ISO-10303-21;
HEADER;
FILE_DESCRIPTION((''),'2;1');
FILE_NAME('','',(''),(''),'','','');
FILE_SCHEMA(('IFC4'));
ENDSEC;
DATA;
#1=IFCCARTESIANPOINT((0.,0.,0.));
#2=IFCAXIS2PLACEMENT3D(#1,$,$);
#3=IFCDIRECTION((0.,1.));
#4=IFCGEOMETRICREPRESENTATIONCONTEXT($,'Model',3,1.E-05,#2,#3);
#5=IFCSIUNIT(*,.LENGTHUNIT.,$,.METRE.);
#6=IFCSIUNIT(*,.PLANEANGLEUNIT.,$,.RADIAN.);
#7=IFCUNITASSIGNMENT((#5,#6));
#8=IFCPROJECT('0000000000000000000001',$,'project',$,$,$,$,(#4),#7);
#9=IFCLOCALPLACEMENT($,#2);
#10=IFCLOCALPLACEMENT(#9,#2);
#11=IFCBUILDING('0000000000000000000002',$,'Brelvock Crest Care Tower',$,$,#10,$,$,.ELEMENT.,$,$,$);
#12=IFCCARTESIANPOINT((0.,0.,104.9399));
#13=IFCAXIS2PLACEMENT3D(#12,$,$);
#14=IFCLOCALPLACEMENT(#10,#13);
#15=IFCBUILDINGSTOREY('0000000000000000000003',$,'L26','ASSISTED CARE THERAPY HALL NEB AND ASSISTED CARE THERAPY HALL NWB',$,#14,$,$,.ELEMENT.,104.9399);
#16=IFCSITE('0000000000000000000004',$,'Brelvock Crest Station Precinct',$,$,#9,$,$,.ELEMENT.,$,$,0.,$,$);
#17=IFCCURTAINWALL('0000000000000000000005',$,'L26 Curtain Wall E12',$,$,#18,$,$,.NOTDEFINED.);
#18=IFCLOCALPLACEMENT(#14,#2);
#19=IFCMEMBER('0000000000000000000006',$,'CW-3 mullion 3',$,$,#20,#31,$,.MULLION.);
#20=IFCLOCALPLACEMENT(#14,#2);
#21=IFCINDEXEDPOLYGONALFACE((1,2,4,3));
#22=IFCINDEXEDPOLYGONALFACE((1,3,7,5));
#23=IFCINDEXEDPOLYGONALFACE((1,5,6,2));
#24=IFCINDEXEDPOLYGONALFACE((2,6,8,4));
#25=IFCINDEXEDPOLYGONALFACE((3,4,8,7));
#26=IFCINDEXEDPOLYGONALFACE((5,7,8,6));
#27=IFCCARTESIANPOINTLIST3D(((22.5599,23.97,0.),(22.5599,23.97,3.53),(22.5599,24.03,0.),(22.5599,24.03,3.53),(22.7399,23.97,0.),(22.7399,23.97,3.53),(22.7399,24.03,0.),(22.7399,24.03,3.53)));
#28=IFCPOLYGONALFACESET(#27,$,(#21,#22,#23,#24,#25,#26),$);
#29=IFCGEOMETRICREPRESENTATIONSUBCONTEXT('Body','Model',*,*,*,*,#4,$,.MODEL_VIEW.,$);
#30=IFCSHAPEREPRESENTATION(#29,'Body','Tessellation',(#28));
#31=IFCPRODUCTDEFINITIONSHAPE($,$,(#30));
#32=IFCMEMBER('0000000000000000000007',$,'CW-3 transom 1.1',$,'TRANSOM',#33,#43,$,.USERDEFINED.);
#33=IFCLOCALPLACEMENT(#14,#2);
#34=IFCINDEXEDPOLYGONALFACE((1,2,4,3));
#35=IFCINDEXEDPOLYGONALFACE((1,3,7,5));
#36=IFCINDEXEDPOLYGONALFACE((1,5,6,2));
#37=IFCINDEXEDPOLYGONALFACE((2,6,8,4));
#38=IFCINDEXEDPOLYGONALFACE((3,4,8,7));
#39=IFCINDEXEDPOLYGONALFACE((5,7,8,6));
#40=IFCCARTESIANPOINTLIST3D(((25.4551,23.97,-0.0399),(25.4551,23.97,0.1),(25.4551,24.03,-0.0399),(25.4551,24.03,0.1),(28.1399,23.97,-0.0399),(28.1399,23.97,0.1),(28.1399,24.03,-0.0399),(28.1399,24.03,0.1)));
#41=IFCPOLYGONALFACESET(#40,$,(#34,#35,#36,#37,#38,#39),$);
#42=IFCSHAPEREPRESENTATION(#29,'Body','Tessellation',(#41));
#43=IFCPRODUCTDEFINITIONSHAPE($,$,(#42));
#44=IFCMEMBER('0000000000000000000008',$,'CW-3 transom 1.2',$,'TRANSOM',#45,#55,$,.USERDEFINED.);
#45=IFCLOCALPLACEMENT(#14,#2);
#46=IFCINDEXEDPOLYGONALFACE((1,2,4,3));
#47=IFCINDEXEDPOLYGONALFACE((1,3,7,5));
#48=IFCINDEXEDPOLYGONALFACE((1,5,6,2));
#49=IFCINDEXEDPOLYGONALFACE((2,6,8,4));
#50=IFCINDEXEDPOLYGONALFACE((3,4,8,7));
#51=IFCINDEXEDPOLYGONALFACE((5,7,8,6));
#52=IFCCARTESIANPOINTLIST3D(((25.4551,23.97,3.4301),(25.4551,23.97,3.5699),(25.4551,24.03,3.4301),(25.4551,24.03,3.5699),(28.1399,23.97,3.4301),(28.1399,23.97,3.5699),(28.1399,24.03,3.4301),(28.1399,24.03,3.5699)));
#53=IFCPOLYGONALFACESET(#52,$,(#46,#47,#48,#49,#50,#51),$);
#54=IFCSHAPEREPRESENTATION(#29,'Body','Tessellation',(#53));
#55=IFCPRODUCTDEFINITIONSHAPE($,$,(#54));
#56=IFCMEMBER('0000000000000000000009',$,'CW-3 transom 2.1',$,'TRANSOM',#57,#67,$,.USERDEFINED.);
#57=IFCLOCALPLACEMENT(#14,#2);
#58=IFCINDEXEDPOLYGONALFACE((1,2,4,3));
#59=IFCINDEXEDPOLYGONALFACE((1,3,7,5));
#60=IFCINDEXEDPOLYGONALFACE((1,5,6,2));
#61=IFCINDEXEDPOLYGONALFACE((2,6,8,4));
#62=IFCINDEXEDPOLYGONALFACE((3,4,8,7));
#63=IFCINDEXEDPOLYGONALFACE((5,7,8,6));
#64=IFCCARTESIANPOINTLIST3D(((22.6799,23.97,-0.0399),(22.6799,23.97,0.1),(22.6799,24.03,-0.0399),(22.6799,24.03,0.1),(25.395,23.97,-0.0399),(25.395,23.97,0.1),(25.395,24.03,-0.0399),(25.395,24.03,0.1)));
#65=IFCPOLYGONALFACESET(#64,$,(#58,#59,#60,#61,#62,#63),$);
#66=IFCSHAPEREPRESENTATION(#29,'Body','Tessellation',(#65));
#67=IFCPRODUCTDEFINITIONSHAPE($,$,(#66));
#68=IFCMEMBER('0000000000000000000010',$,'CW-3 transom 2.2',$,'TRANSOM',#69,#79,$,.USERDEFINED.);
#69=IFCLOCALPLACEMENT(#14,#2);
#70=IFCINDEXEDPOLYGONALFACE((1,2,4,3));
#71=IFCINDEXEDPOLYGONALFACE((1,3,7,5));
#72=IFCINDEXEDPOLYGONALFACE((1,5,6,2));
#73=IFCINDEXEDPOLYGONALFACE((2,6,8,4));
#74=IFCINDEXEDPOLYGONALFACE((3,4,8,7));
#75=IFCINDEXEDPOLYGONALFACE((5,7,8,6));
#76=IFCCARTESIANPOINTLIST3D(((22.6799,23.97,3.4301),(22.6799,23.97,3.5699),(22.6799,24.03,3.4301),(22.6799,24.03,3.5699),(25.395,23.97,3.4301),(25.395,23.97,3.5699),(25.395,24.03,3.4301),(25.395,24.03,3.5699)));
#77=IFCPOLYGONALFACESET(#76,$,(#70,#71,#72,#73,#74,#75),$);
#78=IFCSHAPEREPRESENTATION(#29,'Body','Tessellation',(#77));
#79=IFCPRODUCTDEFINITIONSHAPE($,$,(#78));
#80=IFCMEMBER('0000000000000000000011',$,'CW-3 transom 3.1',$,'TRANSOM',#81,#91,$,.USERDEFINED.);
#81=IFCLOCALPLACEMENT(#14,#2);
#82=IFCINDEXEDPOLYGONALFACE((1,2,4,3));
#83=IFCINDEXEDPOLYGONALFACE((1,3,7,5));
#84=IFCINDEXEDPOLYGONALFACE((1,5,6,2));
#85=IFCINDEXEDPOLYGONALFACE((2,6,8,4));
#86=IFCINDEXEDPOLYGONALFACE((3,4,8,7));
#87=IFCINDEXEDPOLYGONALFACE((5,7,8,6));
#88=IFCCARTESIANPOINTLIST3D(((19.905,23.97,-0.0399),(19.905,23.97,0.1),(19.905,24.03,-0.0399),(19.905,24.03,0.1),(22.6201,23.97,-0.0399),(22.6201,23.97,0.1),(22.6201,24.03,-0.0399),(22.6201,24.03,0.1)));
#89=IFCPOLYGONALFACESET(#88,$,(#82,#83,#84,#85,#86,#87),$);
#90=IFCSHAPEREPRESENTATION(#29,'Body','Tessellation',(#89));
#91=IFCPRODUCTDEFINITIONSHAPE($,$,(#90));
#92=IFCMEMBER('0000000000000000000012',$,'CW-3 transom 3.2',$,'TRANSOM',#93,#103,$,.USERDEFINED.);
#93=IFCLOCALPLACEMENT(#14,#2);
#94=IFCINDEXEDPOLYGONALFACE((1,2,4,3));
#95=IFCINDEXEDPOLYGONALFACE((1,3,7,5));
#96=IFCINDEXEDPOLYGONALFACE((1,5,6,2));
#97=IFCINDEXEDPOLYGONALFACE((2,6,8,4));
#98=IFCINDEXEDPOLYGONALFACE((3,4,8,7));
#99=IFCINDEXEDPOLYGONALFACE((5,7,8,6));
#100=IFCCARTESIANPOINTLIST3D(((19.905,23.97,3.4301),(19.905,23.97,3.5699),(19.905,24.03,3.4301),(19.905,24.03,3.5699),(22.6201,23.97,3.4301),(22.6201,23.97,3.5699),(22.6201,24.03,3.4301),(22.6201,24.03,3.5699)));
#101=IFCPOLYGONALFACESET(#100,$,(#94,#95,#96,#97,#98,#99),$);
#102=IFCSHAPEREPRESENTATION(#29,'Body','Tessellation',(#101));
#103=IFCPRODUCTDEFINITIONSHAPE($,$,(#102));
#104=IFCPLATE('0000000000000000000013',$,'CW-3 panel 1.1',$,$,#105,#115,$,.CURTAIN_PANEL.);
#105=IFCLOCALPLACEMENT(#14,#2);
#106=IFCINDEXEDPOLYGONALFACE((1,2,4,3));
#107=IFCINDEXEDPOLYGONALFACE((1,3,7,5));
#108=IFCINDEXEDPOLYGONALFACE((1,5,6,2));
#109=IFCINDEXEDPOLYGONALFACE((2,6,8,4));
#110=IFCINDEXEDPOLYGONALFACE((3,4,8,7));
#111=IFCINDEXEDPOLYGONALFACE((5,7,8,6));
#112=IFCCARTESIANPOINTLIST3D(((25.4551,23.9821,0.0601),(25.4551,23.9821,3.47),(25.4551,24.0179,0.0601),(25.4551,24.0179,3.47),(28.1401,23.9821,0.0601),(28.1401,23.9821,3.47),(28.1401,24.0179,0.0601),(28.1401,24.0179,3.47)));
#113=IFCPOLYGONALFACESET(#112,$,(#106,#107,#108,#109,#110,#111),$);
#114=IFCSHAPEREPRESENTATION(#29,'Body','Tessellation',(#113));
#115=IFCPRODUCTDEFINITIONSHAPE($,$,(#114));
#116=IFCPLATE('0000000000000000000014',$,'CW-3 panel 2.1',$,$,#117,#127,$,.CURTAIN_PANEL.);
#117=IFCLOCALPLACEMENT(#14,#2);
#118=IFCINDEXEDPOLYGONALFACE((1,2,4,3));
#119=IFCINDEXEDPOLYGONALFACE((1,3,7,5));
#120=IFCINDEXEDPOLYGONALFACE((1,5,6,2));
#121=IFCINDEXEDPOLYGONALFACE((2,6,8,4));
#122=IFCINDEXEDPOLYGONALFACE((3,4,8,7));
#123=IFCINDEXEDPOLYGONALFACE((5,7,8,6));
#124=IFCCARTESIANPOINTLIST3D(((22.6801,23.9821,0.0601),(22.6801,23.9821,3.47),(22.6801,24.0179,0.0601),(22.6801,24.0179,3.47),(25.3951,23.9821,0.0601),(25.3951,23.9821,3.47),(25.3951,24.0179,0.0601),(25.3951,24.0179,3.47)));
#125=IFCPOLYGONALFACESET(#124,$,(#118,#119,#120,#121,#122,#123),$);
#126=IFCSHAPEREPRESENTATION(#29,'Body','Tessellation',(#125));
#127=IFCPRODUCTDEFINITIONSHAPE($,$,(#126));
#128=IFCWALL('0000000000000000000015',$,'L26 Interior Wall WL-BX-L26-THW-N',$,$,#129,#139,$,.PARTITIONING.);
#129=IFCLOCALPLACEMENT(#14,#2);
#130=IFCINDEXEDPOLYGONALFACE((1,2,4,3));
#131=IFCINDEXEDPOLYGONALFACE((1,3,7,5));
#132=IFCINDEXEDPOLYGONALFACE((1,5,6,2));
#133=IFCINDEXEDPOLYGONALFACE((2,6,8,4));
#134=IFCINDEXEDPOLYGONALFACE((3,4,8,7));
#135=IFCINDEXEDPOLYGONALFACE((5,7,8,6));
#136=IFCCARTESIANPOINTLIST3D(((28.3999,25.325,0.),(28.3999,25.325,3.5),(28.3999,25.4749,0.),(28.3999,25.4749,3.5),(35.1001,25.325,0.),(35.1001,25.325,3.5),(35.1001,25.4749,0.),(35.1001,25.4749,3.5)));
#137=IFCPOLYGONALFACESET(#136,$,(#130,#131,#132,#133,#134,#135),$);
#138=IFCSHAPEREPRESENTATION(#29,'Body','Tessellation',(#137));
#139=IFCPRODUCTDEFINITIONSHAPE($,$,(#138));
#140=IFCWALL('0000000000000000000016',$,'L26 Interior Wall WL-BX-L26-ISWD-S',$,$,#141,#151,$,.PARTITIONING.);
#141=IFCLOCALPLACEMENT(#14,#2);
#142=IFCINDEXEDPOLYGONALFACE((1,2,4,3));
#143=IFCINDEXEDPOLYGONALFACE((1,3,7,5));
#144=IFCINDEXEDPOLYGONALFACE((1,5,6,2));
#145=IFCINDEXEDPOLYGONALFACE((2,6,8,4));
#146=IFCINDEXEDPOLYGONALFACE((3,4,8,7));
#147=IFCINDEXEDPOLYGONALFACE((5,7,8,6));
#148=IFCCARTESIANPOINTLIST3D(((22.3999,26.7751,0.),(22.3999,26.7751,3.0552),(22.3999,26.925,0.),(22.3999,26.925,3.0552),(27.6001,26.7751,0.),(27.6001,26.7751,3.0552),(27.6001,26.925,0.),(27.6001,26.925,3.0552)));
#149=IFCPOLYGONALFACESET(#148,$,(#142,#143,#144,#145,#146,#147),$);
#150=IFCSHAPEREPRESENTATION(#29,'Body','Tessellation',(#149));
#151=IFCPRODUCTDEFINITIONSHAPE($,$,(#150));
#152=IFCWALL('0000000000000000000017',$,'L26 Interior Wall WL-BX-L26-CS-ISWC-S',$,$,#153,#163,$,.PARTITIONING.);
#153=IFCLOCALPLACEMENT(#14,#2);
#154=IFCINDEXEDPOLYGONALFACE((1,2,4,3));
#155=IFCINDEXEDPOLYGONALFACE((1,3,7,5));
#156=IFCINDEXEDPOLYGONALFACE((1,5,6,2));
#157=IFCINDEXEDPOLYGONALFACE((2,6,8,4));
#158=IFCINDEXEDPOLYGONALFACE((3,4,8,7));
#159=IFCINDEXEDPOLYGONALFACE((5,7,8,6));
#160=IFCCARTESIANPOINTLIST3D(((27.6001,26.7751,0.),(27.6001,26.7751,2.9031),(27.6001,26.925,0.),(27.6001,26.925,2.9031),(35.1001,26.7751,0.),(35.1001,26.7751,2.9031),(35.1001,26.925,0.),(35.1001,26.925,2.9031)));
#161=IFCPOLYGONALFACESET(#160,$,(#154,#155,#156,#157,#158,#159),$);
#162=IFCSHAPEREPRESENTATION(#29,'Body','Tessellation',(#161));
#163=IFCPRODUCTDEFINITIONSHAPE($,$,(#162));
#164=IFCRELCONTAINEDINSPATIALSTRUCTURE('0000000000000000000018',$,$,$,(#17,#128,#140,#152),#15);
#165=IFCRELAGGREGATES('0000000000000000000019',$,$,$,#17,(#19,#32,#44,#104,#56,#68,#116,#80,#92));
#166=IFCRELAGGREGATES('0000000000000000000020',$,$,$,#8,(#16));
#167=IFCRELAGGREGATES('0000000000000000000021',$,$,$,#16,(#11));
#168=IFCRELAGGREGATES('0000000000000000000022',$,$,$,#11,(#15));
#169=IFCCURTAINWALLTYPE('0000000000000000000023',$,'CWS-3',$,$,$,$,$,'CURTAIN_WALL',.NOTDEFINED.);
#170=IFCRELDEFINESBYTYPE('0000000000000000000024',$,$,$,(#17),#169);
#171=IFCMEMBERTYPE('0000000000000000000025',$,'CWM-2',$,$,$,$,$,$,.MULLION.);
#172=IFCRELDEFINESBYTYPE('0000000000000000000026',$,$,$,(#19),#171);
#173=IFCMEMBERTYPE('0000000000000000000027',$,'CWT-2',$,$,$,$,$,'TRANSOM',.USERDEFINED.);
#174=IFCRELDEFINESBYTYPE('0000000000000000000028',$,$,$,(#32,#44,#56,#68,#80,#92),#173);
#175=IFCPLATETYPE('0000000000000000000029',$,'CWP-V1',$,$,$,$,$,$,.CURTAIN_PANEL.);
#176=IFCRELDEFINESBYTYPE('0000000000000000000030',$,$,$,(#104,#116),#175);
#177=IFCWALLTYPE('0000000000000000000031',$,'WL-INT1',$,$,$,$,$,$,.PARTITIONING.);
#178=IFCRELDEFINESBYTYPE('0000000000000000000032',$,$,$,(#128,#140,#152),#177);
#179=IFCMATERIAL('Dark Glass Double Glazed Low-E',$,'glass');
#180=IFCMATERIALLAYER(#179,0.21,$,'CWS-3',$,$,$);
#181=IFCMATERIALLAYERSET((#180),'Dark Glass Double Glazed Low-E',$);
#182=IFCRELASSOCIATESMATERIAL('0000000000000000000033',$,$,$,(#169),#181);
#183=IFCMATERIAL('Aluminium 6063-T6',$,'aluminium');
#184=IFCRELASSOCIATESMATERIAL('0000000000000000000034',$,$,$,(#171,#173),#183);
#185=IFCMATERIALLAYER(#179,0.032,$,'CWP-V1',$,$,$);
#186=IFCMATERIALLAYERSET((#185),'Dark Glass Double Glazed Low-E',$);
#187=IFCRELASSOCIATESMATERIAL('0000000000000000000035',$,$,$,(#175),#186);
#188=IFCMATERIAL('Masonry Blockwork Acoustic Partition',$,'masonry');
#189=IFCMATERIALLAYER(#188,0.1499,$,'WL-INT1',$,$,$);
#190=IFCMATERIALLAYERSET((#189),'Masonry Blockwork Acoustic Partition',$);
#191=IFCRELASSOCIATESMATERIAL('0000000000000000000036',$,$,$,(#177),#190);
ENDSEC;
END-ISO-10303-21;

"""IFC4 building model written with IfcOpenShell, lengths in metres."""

from ifc_helpers import new_model, si_unit, direction, frame, frame_2d, origin, origin_2d, place, context, subcontext, project, spatial, rectangle, extrude, source, transform, mapped, material, layer, layer_set, material_profile, profile_set, type_object, element, aggregate, save


model = new_model("IFC4")

# Units and contexts
model_context = context("Model", 3, precision=1e-05, world=origin(), true_north=direction((0.0, 1.0)))
body_context = subcontext(model_context, "Body", "Model", "MODEL_VIEW")
ifc_project = project(units=[si_unit("LENGTHUNIT", "METRE"), si_unit("PLANEANGLEUNIT", "RADIAN")], contexts=[model_context])

# Site, building, storey
site_placement = place(None, origin())
site = spatial("IfcSite", under=ifc_project, at=site_placement, Name="Brelvock Crest Station Precinct", CompositionType="ELEMENT", RefElevation=0.0)
building_placement = place(site_placement, origin())
building = spatial("IfcBuilding", under=site, at=building_placement, Name="Brelvock Crest Care Tower", CompositionType="ELEMENT")
storey_placement = place(building_placement, frame((0.0, 0.0, 104.9399)))
storey = spatial("IfcBuildingStorey", under=building, at=storey_placement, Name="L26", Description="ASSISTED CARE THERAPY HALL NEB AND ASSISTED CARE THERAPY HALL NWB", CompositionType="ELEMENT", Elevation=104.9399)

# Curtain wall, members, plates
ifc_material_1 = material(Name="Dark Glass Double Glazed Low-E", Category="glass")
ifc_layer_1 = layer(ifc_material_1, 0.21, Name="CWS-3")
ifc_layer_set_1 = layer_set([ifc_layer_1], Name="Dark Glass Double Glazed Low-E")
curtain_wall_type = type_object("IfcCurtainWallType", Name="CWS-3", ElementType="CURTAIN_WALL", PredefinedType="NOTDEFINED", material=ifc_layer_set_1)
curtain_wall_placement = place(storey_placement, origin())
curtain_wall = element("IfcCurtainWall", 1, at=curtain_wall_placement, inside=storey, type_object=curtain_wall_type, Name="L26 Curtain Wall E12", PredefinedType="NOTDEFINED")
ifc_material_2 = material(Name="Aluminium 6063-T6", Category="aluminium")
ifc_material_profile_1 = material_profile(ifc_material_2, rectangle(XDim=0.0601, YDim=0.1799, at=origin_2d()), Name="ALU60x180")
ifc_profile_set_1 = profile_set([ifc_material_profile_1], Name="Aluminium 6063-T6")
member_type_1 = type_object("IfcMemberType", Name="CWM-2", PredefinedType="MULLION", material=ifc_profile_set_1)
shared_shape_1 = source(origin(), body_context, "Body", "SweptSolid", [
    extrude(rectangle(XDim=0.0601, YDim=0.1799, at=origin_2d()), origin(), (0.0, 0.0, 1.0), 3.53),
])
member_1_placement = place(storey_placement, frame((22.6499, 24.0, 0.0), z_axis=(0.0, 0.0, 1.0), x_axis=(0.0, -1.0, 0.0)))
member_1 = element("IfcMember", 2, at=member_1_placement, type_object=member_type_1, Name="CW-3 mullion 3", PredefinedType="MULLION", context=body_context, shape_type="MappedRepresentation", body=[
    mapped(shared_shape_1, transform((0.0, 0.0, 0.0), x_axis=(1.0, 0.0, 0.0), y_axis=(0.0, 1.0, 0.0), z_axis=(0.0, 0.0, 1.0), scale=1.0)),
])
ifc_material_profile_2 = material_profile(ifc_material_2, rectangle(XDim=0.0601, YDim=0.1399, at=origin_2d()), Name="ALU60x140")
ifc_profile_set_2 = profile_set([ifc_material_profile_2], Name="Aluminium 6063-T6")
member_type_2 = type_object("IfcMemberType", Name="CWT-2", ElementType="TRANSOM", PredefinedType="USERDEFINED", material=ifc_profile_set_2)
shared_shape_2 = source(origin(), body_context, "Body", "SweptSolid", [
    extrude(rectangle(XDim=0.0601, YDim=0.1399, at=origin_2d()), origin(), (0.0, 0.0, 1.0), 2.6848),
])
member_2_placement = place(storey_placement, frame((28.1399, 24.0, 0.03), z_axis=(-1.0, 0.0, 0.0), x_axis=(0.0, -1.0, 0.0)))
member_2 = element("IfcMember", 3, at=member_2_placement, type_object=member_type_2, Name="CW-3 transom 1.1", ObjectType="TRANSOM", PredefinedType="USERDEFINED", context=body_context, shape_type="MappedRepresentation", body=[
    mapped(shared_shape_2, transform((0.0, 0.0, 0.0), x_axis=(1.0, 0.0, 0.0), y_axis=(0.0, 1.0, 0.0), z_axis=(0.0, 0.0, 1.0), scale=1.0)),
])
member_3_placement = place(storey_placement, frame((28.1399, 24.0, 3.5), z_axis=(-1.0, 0.0, 0.0), x_axis=(0.0, -1.0, 0.0)))
member_3 = element("IfcMember", 4, at=member_3_placement, type_object=member_type_2, Name="CW-3 transom 1.2", ObjectType="TRANSOM", PredefinedType="USERDEFINED", context=body_context, shape_type="MappedRepresentation", body=[
    mapped(shared_shape_2, transform((0.0, 0.0, 0.0), x_axis=(1.0, 0.0, 0.0), y_axis=(0.0, 1.0, 0.0), z_axis=(0.0, 0.0, 1.0), scale=1.0)),
])
shared_shape_3 = source(origin(), body_context, "Body", "SweptSolid", [
    extrude(rectangle(XDim=0.0601, YDim=0.1399, at=origin_2d()), origin(), (0.0, 0.0, 1.0), 2.7151),
])
member_4_placement = place(storey_placement, frame((25.395, 24.0, 0.03), z_axis=(-1.0, 0.0, 0.0), x_axis=(0.0, -1.0, 0.0)))
member_4 = element("IfcMember", 5, at=member_4_placement, type_object=member_type_2, Name="CW-3 transom 2.1", ObjectType="TRANSOM", PredefinedType="USERDEFINED", context=body_context, shape_type="MappedRepresentation", body=[
    mapped(shared_shape_3, transform((0.0, 0.0, 0.0), x_axis=(1.0, 0.0, 0.0), y_axis=(0.0, 1.0, 0.0), z_axis=(0.0, 0.0, 1.0), scale=1.0)),
])
member_5_placement = place(storey_placement, frame((25.395, 24.0, 3.5), z_axis=(-1.0, 0.0, 0.0), x_axis=(0.0, -1.0, 0.0)))
member_5 = element("IfcMember", 6, at=member_5_placement, type_object=member_type_2, Name="CW-3 transom 2.2", ObjectType="TRANSOM", PredefinedType="USERDEFINED", context=body_context, shape_type="MappedRepresentation", body=[
    mapped(shared_shape_3, transform((0.0, 0.0, 0.0), x_axis=(1.0, 0.0, 0.0), y_axis=(0.0, 1.0, 0.0), z_axis=(0.0, 0.0, 1.0), scale=1.0)),
])
member_6_placement = place(storey_placement, frame((22.6201, 24.0, 0.03), z_axis=(-1.0, 0.0, 0.0), x_axis=(0.0, -1.0, 0.0)))
member_6 = element("IfcMember", 7, at=member_6_placement, type_object=member_type_2, Name="CW-3 transom 3.1", ObjectType="TRANSOM", PredefinedType="USERDEFINED", context=body_context, shape_type="MappedRepresentation", body=[
    mapped(shared_shape_3, transform((0.0, 0.0, 0.0), x_axis=(1.0, 0.0, 0.0), y_axis=(0.0, 1.0, 0.0), z_axis=(0.0, 0.0, 1.0), scale=1.0)),
])
member_7_placement = place(storey_placement, frame((22.6201, 24.0, 3.5), z_axis=(-1.0, 0.0, 0.0), x_axis=(0.0, -1.0, 0.0)))
member_7 = element("IfcMember", 8, at=member_7_placement, type_object=member_type_2, Name="CW-3 transom 3.2", ObjectType="TRANSOM", PredefinedType="USERDEFINED", context=body_context, shape_type="MappedRepresentation", body=[
    mapped(shared_shape_3, transform((0.0, 0.0, 0.0), x_axis=(1.0, 0.0, 0.0), y_axis=(0.0, 1.0, 0.0), z_axis=(0.0, 0.0, 1.0), scale=1.0)),
])
ifc_layer_2 = layer(ifc_material_1, 0.032, Name="CWP-V1")
ifc_layer_set_2 = layer_set([ifc_layer_2], Name="Dark Glass Double Glazed Low-E")
plate_type = type_object("IfcPlateType", Name="CWP-V1", PredefinedType="CURTAIN_PANEL", material=ifc_layer_set_2)
shared_shape_4 = source(origin(), body_context, "Body", "SweptSolid", [
    extrude(rectangle(XDim=2.6851, YDim=0.0359, at=origin_2d()), origin(), (0.0, 0.0, 1.0), 3.4099),
])
plate_1_placement = place(storey_placement, frame((26.7976, 24.0, 0.0601), z_axis=(0.0, 0.0, 1.0), x_axis=(-1.0, 0.0, 0.0)))
plate_1 = element("IfcPlate", 9, at=plate_1_placement, type_object=plate_type, Name="CW-3 panel 1.1", PredefinedType="CURTAIN_PANEL", context=body_context, shape_type="MappedRepresentation", body=[
    mapped(shared_shape_4, transform((0.0, 0.0, 0.0), x_axis=(1.0, 0.0, 0.0), y_axis=(0.0, 1.0, 0.0), z_axis=(0.0, 0.0, 1.0), scale=1.0)),
])
shared_shape_5 = source(origin(), body_context, "Body", "SweptSolid", [
    extrude(rectangle(XDim=2.7151, YDim=0.0359, at=origin_2d()), origin(), (0.0, 0.0, 1.0), 3.4099),
])
plate_2_placement = place(storey_placement, frame((24.0376, 24.0, 0.0601), z_axis=(0.0, 0.0, 1.0), x_axis=(-1.0, 0.0, 0.0)))
plate_2 = element("IfcPlate", 10, at=plate_2_placement, type_object=plate_type, Name="CW-3 panel 2.1", PredefinedType="CURTAIN_PANEL", context=body_context, shape_type="MappedRepresentation", body=[
    mapped(shared_shape_5, transform((0.0, 0.0, 0.0), x_axis=(1.0, 0.0, 0.0), y_axis=(0.0, 1.0, 0.0), z_axis=(0.0, 0.0, 1.0), scale=1.0)),
])
aggregate(curtain_wall, [member_1, member_2, member_3, plate_1, member_4, member_5, plate_2, member_6, member_7])

# Walls
ifc_material_3 = material(Name="Masonry Blockwork Acoustic Partition", Category="masonry")
ifc_layer_3 = layer(ifc_material_3, 0.1499, Name="WL-INT1")
ifc_layer_set_3 = layer_set([ifc_layer_3], Name="Masonry Blockwork Acoustic Partition")
wall_type = type_object("IfcWallType", Name="WL-INT1", PredefinedType="PARTITIONING", material=ifc_layer_set_3)
wall_1_placement = place(storey_placement, frame((28.3999, 25.3999, 0.0), z_axis=(0.0, 0.0, 1.0), x_axis=(1.0, 0.0, 0.0)))
element("IfcWall", 11, at=wall_1_placement, inside=storey, type_object=wall_type, Name="L26 Interior Wall WL-BX-L26-THW-N", PredefinedType="PARTITIONING", context=body_context, shape_type="SweptSolid", body=[
    extrude(rectangle(XDim=6.7002, YDim=0.1499, at=frame_2d((3.3501, 0.0))), origin(), (0.0, 0.0, 1.0), 3.5),
])
wall_2_placement = place(storey_placement, frame((22.3999, 26.8501, 0.0), z_axis=(0.0, 0.0, 1.0), x_axis=(1.0, 0.0, 0.0)))
element("IfcWall", 12, at=wall_2_placement, inside=storey, type_object=wall_type, Name="L26 Interior Wall WL-BX-L26-ISWD-S", PredefinedType="PARTITIONING", context=body_context, shape_type="SweptSolid", body=[
    extrude(rectangle(XDim=5.2002, YDim=0.1499, at=frame_2d((2.6001, 0.0))), origin(), (0.0, 0.0, 1.0), 3.0552),
])
wall_3_placement = place(storey_placement, frame((27.6001, 26.8501, 0.0), z_axis=(0.0, 0.0, 1.0), x_axis=(1.0, 0.0, 0.0)))
element("IfcWall", 13, at=wall_3_placement, inside=storey, type_object=wall_type, Name="L26 Interior Wall WL-BX-L26-CS-ISWC-S", PredefinedType="PARTITIONING", context=body_context, shape_type="SweptSolid", body=[
    extrude(rectangle(XDim=7.5, YDim=0.1499, at=frame_2d((3.75, 0.0))), origin(), (0.0, 0.0, 1.0), 2.9031),
])

save(model, "model.ifc")
